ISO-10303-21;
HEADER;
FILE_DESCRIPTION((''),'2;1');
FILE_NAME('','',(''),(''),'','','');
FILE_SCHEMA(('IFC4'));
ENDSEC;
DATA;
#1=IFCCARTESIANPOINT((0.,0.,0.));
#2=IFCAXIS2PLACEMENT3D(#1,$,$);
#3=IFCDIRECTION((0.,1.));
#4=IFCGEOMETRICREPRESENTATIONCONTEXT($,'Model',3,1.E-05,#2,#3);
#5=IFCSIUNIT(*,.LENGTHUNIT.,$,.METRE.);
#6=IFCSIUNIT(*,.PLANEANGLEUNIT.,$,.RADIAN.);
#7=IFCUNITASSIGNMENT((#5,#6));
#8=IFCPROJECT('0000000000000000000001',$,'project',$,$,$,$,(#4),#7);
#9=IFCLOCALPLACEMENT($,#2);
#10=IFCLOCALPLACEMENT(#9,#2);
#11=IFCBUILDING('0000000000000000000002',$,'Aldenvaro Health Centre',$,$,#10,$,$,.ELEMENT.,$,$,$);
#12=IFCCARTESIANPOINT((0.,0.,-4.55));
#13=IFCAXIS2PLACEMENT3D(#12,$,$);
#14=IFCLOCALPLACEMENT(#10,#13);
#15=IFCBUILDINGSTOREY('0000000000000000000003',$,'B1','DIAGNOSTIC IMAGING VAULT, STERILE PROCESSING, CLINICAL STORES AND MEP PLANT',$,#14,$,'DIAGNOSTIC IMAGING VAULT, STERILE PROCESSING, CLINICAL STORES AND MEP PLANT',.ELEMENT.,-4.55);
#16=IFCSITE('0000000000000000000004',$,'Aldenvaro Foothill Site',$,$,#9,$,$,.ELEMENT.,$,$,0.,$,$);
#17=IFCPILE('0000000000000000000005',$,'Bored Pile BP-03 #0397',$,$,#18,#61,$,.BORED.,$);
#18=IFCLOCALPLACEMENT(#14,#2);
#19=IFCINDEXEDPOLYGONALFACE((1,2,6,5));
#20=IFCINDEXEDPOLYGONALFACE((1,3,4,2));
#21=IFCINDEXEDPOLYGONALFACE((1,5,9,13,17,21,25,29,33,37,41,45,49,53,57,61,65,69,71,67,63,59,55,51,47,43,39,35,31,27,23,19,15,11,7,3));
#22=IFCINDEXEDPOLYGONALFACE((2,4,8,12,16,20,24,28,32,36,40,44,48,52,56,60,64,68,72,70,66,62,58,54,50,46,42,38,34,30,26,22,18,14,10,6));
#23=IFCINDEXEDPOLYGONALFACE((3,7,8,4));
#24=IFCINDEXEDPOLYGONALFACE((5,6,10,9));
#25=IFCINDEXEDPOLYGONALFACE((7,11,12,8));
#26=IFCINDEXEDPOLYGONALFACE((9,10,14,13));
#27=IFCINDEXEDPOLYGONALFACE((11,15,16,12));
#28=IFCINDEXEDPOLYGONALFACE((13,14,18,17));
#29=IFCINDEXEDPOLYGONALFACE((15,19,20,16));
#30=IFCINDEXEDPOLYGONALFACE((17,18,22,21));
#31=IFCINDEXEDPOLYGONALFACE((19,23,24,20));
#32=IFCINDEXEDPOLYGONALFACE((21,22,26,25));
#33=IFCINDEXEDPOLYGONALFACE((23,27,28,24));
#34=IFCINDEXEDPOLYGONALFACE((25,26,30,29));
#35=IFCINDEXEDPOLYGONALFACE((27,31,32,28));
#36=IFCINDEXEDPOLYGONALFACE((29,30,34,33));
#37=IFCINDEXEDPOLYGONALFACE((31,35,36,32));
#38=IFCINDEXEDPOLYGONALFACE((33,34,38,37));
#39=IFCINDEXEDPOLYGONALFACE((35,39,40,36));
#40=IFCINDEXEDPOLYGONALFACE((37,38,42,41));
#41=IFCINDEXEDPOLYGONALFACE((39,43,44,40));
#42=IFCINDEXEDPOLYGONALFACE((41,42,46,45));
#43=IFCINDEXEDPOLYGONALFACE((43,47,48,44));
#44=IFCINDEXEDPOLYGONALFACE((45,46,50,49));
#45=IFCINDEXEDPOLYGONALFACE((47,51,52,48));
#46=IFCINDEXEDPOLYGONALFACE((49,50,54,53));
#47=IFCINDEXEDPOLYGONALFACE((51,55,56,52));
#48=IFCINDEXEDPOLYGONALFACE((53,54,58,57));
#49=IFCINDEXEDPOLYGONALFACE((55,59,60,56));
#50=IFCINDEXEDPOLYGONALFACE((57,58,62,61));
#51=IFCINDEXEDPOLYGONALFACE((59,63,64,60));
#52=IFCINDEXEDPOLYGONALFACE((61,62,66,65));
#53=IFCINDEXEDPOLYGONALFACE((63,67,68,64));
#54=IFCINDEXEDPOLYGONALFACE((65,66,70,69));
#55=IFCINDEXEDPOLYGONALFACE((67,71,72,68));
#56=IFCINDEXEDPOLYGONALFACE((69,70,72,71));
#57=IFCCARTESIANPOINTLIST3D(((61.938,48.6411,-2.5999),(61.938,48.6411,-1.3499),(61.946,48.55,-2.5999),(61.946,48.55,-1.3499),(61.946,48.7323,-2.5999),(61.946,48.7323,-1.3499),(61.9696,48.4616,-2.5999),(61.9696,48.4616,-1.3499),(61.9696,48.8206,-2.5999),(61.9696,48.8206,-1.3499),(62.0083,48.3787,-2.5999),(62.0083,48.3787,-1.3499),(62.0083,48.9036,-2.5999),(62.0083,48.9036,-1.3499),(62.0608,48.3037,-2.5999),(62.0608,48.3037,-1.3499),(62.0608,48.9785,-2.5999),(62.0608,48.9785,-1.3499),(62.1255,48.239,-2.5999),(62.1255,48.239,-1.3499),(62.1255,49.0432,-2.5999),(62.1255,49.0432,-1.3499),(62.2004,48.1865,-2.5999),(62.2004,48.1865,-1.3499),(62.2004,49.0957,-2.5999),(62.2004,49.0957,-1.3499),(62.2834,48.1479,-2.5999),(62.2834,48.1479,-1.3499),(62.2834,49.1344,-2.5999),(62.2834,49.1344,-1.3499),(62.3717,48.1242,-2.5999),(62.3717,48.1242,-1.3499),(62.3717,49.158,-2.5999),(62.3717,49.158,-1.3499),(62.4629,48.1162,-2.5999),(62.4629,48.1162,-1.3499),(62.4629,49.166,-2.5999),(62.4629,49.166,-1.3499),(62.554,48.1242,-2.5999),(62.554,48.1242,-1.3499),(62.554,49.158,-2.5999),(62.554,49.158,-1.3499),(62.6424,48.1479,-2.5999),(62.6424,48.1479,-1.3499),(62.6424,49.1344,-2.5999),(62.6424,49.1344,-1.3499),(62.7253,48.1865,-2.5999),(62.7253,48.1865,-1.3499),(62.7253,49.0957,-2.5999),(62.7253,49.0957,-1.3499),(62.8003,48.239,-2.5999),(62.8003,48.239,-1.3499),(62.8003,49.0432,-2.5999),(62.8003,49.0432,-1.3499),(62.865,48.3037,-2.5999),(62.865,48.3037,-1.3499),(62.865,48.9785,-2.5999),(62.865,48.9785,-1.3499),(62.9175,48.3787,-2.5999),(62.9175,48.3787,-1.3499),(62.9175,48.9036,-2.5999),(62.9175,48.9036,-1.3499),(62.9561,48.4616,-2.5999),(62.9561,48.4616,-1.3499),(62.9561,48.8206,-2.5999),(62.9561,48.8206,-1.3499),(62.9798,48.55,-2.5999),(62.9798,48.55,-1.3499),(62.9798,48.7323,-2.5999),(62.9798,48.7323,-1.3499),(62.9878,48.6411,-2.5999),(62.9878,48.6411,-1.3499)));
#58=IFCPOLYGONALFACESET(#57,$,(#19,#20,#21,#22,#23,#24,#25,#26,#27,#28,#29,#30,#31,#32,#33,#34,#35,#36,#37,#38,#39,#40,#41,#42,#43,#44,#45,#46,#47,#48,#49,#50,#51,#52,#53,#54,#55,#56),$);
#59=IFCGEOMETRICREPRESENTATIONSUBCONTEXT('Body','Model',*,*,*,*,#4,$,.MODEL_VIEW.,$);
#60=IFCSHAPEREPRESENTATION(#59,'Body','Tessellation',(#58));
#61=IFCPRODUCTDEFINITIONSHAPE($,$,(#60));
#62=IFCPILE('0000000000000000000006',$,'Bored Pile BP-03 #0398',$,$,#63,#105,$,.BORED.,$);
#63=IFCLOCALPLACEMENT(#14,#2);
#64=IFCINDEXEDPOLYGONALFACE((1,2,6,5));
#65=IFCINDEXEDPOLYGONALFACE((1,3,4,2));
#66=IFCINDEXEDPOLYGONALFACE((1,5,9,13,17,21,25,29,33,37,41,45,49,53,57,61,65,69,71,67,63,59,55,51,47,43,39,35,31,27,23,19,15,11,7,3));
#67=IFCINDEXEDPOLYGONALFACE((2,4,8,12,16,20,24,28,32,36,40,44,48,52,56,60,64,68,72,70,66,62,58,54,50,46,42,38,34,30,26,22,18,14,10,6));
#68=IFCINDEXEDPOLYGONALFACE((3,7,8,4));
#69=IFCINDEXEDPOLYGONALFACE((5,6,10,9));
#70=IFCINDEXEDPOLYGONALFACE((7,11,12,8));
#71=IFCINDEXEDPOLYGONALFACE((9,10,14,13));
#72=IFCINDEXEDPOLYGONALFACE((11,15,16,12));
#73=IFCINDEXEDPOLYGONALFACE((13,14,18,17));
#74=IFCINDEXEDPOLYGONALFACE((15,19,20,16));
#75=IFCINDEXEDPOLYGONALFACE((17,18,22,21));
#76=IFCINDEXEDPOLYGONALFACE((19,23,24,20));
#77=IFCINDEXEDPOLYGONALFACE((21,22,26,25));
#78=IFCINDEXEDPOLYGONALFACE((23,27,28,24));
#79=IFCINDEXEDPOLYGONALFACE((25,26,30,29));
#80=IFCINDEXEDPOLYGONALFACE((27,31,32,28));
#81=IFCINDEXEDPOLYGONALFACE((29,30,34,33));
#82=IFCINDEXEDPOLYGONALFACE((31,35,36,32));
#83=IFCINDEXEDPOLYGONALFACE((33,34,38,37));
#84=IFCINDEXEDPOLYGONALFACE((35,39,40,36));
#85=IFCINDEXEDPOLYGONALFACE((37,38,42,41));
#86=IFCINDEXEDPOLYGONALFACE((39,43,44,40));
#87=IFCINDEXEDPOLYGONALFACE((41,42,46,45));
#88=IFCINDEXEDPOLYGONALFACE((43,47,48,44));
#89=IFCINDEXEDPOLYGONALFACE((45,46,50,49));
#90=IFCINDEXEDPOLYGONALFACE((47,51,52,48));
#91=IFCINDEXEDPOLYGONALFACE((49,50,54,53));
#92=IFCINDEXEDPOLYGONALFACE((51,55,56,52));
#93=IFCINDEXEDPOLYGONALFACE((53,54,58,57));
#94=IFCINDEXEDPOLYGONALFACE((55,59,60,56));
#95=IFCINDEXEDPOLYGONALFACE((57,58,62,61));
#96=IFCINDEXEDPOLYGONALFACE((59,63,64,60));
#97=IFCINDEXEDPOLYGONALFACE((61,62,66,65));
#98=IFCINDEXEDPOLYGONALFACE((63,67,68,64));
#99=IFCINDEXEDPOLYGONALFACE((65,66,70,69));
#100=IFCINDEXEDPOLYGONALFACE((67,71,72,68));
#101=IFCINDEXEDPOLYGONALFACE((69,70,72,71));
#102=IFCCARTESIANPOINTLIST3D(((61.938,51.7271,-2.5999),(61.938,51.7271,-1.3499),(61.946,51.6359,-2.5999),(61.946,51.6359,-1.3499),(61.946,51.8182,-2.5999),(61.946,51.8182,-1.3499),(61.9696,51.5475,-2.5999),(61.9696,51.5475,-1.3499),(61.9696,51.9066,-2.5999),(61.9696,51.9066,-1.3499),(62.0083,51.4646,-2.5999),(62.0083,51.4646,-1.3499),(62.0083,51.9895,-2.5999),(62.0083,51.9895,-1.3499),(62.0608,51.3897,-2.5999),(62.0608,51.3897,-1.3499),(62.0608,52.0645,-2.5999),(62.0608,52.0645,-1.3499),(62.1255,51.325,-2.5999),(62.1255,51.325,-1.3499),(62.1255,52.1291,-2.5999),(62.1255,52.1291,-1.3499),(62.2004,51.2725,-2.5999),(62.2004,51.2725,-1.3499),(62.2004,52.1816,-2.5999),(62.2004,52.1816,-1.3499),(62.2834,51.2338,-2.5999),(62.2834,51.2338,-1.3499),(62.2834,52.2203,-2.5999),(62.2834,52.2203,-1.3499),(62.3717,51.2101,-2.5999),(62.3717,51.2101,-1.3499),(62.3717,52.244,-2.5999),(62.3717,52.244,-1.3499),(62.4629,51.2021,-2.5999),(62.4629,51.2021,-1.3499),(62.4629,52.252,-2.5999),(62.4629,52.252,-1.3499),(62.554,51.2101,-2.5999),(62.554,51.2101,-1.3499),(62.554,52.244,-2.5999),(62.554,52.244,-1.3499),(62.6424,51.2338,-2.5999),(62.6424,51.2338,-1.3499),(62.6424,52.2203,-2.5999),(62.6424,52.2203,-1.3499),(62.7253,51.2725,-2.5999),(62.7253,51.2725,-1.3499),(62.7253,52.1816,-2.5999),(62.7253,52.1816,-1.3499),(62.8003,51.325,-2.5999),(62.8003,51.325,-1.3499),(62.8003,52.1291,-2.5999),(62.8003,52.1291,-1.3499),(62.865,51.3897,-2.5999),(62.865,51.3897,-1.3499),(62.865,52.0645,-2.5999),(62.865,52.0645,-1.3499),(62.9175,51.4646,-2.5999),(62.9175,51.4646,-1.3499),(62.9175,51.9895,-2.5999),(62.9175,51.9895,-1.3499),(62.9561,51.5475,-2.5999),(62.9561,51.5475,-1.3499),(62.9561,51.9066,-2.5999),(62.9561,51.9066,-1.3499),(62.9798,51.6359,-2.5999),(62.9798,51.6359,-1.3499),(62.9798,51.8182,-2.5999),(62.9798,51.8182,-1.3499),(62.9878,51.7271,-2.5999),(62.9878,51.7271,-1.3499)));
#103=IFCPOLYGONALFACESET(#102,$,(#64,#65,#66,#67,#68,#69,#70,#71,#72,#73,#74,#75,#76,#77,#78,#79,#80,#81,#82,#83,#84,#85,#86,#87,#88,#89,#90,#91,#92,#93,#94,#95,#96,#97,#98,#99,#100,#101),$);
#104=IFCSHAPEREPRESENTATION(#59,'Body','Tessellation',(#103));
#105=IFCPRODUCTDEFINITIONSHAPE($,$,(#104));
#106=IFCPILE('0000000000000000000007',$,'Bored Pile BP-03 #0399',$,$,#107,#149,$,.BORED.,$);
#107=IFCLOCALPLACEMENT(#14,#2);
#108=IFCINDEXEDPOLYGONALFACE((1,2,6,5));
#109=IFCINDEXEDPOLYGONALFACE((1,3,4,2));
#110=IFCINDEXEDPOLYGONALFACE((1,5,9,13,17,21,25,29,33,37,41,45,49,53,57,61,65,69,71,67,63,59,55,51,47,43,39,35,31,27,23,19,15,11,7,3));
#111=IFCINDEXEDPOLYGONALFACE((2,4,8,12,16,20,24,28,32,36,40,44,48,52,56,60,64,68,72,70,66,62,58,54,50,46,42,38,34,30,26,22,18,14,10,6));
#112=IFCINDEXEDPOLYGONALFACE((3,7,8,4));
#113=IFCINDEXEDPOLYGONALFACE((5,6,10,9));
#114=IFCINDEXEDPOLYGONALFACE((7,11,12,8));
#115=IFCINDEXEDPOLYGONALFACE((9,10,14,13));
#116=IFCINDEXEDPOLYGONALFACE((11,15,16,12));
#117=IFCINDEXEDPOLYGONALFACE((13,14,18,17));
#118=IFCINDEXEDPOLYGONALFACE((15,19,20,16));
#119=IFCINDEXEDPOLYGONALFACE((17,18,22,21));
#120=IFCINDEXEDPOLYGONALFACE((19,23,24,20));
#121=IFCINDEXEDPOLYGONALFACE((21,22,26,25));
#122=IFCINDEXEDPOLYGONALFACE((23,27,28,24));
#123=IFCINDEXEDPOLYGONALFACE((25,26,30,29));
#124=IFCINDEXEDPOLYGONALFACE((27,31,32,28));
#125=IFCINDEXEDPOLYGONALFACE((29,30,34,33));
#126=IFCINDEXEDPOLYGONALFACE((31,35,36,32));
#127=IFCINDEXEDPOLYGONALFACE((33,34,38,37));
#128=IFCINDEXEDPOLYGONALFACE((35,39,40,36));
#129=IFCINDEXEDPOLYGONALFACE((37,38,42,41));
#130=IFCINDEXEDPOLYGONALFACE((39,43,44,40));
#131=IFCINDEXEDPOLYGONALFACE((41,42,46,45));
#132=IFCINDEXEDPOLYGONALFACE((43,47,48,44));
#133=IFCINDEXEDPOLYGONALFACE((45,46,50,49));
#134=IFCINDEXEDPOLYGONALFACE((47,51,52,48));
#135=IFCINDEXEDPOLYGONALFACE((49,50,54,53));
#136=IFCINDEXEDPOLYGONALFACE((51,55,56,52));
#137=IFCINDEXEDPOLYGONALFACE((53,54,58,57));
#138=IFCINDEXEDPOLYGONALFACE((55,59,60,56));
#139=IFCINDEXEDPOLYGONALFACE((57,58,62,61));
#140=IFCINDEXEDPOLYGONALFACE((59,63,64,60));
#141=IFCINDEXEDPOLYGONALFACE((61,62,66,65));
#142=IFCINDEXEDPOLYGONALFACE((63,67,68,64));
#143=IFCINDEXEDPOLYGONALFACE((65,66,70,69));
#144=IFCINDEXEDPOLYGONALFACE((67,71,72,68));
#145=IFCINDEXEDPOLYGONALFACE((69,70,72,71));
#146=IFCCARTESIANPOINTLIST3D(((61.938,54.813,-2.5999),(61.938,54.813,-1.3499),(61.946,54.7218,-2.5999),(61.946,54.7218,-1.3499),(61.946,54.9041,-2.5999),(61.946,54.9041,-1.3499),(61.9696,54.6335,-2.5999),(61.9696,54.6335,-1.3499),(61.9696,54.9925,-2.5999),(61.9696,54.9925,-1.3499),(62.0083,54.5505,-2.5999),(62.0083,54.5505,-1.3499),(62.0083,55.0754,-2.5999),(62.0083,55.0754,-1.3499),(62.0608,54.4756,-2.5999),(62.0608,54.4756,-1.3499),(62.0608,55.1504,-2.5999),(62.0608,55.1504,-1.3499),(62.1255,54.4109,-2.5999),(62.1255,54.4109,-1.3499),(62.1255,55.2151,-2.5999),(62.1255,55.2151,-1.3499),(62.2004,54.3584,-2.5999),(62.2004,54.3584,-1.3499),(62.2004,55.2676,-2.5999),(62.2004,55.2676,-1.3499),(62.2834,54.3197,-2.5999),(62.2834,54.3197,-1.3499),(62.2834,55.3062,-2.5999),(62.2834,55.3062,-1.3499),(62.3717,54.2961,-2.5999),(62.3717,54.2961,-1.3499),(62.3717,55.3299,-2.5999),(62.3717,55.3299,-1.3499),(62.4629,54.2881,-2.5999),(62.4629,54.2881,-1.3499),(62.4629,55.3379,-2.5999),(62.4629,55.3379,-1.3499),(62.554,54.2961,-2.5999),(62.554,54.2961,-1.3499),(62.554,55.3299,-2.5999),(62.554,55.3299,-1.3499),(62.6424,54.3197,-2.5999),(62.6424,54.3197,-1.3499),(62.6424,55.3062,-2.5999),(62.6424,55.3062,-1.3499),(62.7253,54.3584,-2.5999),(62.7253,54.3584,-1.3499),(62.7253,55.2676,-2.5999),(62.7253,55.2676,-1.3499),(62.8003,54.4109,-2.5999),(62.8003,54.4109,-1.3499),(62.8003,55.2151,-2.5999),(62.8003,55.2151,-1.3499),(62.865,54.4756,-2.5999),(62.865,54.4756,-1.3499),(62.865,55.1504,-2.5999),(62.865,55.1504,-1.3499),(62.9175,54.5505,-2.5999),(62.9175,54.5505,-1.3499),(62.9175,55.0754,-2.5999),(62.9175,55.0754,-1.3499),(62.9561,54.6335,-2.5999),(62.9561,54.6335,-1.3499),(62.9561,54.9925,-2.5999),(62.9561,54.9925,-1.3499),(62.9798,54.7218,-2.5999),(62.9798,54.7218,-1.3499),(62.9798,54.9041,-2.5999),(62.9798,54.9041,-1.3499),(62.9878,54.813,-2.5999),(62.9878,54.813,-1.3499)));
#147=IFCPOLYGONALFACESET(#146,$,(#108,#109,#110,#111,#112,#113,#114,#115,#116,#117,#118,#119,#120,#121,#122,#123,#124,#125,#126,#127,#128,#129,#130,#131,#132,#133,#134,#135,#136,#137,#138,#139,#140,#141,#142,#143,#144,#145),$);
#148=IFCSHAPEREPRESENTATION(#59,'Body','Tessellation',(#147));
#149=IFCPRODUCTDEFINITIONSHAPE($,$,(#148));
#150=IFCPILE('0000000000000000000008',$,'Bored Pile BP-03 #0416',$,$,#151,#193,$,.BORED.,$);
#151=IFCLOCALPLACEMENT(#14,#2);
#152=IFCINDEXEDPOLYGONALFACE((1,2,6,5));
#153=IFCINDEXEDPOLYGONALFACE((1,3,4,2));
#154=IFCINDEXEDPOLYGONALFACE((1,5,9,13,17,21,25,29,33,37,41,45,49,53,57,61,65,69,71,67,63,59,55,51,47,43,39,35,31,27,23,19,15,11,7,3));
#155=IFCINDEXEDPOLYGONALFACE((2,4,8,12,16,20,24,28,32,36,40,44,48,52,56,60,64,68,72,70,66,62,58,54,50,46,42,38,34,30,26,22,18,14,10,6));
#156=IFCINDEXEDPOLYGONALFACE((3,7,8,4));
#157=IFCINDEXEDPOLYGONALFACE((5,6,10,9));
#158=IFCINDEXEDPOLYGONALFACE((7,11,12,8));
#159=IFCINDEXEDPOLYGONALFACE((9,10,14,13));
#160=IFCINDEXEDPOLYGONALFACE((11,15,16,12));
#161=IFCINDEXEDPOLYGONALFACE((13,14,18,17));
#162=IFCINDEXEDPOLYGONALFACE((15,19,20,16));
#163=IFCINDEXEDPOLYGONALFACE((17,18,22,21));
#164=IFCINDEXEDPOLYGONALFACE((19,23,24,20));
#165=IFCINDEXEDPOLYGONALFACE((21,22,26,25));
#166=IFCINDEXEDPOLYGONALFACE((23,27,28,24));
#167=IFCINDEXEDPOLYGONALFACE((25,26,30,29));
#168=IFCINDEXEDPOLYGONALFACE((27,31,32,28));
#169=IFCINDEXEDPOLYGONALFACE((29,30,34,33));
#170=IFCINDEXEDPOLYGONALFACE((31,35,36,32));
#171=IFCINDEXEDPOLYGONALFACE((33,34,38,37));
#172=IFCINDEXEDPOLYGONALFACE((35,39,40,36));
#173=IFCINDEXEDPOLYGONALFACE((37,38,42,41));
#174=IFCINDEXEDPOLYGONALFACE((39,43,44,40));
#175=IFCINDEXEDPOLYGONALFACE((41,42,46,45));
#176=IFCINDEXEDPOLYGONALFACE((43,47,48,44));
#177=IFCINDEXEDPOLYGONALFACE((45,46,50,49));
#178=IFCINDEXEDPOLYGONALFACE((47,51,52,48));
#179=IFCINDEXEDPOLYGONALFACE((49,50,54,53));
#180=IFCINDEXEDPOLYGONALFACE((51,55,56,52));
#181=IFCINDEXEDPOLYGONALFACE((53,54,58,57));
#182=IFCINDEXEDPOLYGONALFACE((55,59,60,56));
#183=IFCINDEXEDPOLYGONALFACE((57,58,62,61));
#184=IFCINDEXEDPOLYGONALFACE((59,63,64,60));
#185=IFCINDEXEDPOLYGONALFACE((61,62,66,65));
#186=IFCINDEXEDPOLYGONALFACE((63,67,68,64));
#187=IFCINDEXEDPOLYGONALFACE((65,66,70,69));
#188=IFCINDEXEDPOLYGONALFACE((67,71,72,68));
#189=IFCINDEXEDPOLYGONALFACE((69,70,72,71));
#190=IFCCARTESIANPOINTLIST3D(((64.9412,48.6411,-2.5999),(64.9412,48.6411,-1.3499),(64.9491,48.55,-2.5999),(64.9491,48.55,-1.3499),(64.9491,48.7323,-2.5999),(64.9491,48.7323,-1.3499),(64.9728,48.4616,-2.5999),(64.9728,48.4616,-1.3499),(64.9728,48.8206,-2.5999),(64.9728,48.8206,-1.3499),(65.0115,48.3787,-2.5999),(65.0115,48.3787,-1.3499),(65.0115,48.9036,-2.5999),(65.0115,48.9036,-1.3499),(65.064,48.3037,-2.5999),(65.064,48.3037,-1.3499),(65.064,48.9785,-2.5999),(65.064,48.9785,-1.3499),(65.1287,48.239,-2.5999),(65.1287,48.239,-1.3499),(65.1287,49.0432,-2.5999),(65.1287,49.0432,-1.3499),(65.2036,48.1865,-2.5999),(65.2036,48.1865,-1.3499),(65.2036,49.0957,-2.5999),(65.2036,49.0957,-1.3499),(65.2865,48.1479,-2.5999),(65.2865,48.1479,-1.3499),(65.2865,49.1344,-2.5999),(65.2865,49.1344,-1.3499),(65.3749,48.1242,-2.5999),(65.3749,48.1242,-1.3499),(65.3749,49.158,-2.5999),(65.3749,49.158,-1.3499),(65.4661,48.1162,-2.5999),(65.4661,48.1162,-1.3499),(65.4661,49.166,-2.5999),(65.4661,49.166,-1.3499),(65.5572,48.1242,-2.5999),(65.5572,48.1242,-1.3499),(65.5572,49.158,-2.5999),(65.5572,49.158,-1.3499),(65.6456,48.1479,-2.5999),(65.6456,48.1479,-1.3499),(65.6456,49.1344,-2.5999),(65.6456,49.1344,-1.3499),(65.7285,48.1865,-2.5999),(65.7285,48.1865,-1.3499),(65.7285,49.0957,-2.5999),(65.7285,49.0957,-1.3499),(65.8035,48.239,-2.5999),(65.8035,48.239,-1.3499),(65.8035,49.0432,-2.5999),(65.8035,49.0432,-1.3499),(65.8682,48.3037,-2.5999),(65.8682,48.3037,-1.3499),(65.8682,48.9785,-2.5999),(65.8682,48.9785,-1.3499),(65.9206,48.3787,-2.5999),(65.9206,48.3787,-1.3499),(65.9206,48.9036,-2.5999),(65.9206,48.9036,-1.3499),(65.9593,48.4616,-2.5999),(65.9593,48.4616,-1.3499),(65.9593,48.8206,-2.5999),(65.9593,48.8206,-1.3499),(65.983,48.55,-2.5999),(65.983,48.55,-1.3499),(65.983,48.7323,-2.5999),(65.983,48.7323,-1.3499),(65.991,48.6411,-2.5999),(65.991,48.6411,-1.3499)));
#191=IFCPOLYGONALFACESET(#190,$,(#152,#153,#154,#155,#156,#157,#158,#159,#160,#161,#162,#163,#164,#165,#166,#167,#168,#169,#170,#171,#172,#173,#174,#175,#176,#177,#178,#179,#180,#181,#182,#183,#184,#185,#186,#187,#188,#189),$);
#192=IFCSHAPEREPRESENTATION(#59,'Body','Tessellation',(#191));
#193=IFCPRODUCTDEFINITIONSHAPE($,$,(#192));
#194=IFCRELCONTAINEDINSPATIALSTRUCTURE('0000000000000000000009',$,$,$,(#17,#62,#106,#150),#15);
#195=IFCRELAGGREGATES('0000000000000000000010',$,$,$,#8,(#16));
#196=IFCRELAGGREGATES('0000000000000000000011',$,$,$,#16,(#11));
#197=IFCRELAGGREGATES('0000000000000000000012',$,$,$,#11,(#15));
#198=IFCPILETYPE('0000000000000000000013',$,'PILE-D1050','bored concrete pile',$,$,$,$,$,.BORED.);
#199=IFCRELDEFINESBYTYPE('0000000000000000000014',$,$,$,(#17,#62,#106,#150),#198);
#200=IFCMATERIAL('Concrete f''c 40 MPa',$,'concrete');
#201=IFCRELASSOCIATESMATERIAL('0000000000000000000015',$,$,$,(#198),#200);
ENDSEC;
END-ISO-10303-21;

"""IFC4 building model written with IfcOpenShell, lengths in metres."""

from ifc_helpers import new_model, si_unit, direction, frame, origin, origin_2d, place, context, subcontext, project, spatial, circle, extrude, material, material_profile, profile_set, type_object, element, save


model = new_model("IFC4")

# Units and contexts
model_context = context("Model", 3, precision=1e-05, world=origin(), true_north=direction((0.0, 1.0)))
body_context = subcontext(model_context, "Body", "Model", "MODEL_VIEW")
ifc_project = project(units=[si_unit("LENGTHUNIT", "METRE"), si_unit("PLANEANGLEUNIT", "RADIAN")], contexts=[model_context])

# Site, building, storey
site_placement = place(None, origin())
site = spatial("IfcSite", under=ifc_project, at=site_placement, Name="Aldenvaro Foothill Site", CompositionType="ELEMENT", RefElevation=0.0)
building_placement = place(site_placement, origin())
building = spatial("IfcBuilding", under=site, at=building_placement, Name="Aldenvaro Health Centre", CompositionType="ELEMENT")
storey_placement = place(building_placement, frame((0.0, 0.0, -4.55)))
storey = spatial("IfcBuildingStorey", under=building, at=storey_placement, Name="B1", Description="DIAGNOSTIC IMAGING VAULT, STERILE PROCESSING, CLINICAL STORES AND MEP PLANT", LongName="DIAGNOSTIC IMAGING VAULT, STERILE PROCESSING, CLINICAL STORES AND MEP PLANT", CompositionType="ELEMENT", Elevation=-4.55)

# Piles
ifc_material = material(Name="Concrete f'c 40 MPa", Category="concrete")
ifc_material_profile_1 = material_profile(ifc_material, circle(Radius=0.5249, at=origin_2d()), Name="PILE D1050", Category="concrete")
ifc_profile_set_1 = profile_set([ifc_material_profile_1], Name="Concrete f'c 40 MPa")
pile_type = type_object("IfcPileType", Name="PILE-D1050", Description="bored concrete pile", PredefinedType="BORED", material=ifc_profile_set_1)
for number, where, z_axis, x_axis, name in (
    (1, (62.4629, 48.6411, -1.3499), (0.0, 0.0, -1.0), (1.0, 0.0, 0.0), "Bored Pile BP-03 #0397"),
    (2, (62.4629, 51.7271, -1.3499), (0.0, 0.0, -1.0), (1.0, 0.0, 0.0), "Bored Pile BP-03 #0398"),
    (3, (62.4629, 54.813, -1.3499), (0.0, 0.0, -1.0), (1.0, 0.0, 0.0), "Bored Pile BP-03 #0399"),
    (4, (65.4661, 48.6411, -1.3499), (0.0, 0.0, -1.0), (1.0, 0.0, 0.0), "Bored Pile BP-03 #0416"),
):
    element("IfcPile", number, at=place(storey_placement, frame(where, z_axis=z_axis, x_axis=x_axis)), inside=storey, type_object=pile_type, Name=name, PredefinedType="BORED", context=body_context, shape_type="SweptSolid", body=[
        extrude(circle(Radius=0.5249, at=origin_2d()), origin(), (0.0, 0.0, 1.0), 1.25),
    ])

save(model, "model.ifc")
